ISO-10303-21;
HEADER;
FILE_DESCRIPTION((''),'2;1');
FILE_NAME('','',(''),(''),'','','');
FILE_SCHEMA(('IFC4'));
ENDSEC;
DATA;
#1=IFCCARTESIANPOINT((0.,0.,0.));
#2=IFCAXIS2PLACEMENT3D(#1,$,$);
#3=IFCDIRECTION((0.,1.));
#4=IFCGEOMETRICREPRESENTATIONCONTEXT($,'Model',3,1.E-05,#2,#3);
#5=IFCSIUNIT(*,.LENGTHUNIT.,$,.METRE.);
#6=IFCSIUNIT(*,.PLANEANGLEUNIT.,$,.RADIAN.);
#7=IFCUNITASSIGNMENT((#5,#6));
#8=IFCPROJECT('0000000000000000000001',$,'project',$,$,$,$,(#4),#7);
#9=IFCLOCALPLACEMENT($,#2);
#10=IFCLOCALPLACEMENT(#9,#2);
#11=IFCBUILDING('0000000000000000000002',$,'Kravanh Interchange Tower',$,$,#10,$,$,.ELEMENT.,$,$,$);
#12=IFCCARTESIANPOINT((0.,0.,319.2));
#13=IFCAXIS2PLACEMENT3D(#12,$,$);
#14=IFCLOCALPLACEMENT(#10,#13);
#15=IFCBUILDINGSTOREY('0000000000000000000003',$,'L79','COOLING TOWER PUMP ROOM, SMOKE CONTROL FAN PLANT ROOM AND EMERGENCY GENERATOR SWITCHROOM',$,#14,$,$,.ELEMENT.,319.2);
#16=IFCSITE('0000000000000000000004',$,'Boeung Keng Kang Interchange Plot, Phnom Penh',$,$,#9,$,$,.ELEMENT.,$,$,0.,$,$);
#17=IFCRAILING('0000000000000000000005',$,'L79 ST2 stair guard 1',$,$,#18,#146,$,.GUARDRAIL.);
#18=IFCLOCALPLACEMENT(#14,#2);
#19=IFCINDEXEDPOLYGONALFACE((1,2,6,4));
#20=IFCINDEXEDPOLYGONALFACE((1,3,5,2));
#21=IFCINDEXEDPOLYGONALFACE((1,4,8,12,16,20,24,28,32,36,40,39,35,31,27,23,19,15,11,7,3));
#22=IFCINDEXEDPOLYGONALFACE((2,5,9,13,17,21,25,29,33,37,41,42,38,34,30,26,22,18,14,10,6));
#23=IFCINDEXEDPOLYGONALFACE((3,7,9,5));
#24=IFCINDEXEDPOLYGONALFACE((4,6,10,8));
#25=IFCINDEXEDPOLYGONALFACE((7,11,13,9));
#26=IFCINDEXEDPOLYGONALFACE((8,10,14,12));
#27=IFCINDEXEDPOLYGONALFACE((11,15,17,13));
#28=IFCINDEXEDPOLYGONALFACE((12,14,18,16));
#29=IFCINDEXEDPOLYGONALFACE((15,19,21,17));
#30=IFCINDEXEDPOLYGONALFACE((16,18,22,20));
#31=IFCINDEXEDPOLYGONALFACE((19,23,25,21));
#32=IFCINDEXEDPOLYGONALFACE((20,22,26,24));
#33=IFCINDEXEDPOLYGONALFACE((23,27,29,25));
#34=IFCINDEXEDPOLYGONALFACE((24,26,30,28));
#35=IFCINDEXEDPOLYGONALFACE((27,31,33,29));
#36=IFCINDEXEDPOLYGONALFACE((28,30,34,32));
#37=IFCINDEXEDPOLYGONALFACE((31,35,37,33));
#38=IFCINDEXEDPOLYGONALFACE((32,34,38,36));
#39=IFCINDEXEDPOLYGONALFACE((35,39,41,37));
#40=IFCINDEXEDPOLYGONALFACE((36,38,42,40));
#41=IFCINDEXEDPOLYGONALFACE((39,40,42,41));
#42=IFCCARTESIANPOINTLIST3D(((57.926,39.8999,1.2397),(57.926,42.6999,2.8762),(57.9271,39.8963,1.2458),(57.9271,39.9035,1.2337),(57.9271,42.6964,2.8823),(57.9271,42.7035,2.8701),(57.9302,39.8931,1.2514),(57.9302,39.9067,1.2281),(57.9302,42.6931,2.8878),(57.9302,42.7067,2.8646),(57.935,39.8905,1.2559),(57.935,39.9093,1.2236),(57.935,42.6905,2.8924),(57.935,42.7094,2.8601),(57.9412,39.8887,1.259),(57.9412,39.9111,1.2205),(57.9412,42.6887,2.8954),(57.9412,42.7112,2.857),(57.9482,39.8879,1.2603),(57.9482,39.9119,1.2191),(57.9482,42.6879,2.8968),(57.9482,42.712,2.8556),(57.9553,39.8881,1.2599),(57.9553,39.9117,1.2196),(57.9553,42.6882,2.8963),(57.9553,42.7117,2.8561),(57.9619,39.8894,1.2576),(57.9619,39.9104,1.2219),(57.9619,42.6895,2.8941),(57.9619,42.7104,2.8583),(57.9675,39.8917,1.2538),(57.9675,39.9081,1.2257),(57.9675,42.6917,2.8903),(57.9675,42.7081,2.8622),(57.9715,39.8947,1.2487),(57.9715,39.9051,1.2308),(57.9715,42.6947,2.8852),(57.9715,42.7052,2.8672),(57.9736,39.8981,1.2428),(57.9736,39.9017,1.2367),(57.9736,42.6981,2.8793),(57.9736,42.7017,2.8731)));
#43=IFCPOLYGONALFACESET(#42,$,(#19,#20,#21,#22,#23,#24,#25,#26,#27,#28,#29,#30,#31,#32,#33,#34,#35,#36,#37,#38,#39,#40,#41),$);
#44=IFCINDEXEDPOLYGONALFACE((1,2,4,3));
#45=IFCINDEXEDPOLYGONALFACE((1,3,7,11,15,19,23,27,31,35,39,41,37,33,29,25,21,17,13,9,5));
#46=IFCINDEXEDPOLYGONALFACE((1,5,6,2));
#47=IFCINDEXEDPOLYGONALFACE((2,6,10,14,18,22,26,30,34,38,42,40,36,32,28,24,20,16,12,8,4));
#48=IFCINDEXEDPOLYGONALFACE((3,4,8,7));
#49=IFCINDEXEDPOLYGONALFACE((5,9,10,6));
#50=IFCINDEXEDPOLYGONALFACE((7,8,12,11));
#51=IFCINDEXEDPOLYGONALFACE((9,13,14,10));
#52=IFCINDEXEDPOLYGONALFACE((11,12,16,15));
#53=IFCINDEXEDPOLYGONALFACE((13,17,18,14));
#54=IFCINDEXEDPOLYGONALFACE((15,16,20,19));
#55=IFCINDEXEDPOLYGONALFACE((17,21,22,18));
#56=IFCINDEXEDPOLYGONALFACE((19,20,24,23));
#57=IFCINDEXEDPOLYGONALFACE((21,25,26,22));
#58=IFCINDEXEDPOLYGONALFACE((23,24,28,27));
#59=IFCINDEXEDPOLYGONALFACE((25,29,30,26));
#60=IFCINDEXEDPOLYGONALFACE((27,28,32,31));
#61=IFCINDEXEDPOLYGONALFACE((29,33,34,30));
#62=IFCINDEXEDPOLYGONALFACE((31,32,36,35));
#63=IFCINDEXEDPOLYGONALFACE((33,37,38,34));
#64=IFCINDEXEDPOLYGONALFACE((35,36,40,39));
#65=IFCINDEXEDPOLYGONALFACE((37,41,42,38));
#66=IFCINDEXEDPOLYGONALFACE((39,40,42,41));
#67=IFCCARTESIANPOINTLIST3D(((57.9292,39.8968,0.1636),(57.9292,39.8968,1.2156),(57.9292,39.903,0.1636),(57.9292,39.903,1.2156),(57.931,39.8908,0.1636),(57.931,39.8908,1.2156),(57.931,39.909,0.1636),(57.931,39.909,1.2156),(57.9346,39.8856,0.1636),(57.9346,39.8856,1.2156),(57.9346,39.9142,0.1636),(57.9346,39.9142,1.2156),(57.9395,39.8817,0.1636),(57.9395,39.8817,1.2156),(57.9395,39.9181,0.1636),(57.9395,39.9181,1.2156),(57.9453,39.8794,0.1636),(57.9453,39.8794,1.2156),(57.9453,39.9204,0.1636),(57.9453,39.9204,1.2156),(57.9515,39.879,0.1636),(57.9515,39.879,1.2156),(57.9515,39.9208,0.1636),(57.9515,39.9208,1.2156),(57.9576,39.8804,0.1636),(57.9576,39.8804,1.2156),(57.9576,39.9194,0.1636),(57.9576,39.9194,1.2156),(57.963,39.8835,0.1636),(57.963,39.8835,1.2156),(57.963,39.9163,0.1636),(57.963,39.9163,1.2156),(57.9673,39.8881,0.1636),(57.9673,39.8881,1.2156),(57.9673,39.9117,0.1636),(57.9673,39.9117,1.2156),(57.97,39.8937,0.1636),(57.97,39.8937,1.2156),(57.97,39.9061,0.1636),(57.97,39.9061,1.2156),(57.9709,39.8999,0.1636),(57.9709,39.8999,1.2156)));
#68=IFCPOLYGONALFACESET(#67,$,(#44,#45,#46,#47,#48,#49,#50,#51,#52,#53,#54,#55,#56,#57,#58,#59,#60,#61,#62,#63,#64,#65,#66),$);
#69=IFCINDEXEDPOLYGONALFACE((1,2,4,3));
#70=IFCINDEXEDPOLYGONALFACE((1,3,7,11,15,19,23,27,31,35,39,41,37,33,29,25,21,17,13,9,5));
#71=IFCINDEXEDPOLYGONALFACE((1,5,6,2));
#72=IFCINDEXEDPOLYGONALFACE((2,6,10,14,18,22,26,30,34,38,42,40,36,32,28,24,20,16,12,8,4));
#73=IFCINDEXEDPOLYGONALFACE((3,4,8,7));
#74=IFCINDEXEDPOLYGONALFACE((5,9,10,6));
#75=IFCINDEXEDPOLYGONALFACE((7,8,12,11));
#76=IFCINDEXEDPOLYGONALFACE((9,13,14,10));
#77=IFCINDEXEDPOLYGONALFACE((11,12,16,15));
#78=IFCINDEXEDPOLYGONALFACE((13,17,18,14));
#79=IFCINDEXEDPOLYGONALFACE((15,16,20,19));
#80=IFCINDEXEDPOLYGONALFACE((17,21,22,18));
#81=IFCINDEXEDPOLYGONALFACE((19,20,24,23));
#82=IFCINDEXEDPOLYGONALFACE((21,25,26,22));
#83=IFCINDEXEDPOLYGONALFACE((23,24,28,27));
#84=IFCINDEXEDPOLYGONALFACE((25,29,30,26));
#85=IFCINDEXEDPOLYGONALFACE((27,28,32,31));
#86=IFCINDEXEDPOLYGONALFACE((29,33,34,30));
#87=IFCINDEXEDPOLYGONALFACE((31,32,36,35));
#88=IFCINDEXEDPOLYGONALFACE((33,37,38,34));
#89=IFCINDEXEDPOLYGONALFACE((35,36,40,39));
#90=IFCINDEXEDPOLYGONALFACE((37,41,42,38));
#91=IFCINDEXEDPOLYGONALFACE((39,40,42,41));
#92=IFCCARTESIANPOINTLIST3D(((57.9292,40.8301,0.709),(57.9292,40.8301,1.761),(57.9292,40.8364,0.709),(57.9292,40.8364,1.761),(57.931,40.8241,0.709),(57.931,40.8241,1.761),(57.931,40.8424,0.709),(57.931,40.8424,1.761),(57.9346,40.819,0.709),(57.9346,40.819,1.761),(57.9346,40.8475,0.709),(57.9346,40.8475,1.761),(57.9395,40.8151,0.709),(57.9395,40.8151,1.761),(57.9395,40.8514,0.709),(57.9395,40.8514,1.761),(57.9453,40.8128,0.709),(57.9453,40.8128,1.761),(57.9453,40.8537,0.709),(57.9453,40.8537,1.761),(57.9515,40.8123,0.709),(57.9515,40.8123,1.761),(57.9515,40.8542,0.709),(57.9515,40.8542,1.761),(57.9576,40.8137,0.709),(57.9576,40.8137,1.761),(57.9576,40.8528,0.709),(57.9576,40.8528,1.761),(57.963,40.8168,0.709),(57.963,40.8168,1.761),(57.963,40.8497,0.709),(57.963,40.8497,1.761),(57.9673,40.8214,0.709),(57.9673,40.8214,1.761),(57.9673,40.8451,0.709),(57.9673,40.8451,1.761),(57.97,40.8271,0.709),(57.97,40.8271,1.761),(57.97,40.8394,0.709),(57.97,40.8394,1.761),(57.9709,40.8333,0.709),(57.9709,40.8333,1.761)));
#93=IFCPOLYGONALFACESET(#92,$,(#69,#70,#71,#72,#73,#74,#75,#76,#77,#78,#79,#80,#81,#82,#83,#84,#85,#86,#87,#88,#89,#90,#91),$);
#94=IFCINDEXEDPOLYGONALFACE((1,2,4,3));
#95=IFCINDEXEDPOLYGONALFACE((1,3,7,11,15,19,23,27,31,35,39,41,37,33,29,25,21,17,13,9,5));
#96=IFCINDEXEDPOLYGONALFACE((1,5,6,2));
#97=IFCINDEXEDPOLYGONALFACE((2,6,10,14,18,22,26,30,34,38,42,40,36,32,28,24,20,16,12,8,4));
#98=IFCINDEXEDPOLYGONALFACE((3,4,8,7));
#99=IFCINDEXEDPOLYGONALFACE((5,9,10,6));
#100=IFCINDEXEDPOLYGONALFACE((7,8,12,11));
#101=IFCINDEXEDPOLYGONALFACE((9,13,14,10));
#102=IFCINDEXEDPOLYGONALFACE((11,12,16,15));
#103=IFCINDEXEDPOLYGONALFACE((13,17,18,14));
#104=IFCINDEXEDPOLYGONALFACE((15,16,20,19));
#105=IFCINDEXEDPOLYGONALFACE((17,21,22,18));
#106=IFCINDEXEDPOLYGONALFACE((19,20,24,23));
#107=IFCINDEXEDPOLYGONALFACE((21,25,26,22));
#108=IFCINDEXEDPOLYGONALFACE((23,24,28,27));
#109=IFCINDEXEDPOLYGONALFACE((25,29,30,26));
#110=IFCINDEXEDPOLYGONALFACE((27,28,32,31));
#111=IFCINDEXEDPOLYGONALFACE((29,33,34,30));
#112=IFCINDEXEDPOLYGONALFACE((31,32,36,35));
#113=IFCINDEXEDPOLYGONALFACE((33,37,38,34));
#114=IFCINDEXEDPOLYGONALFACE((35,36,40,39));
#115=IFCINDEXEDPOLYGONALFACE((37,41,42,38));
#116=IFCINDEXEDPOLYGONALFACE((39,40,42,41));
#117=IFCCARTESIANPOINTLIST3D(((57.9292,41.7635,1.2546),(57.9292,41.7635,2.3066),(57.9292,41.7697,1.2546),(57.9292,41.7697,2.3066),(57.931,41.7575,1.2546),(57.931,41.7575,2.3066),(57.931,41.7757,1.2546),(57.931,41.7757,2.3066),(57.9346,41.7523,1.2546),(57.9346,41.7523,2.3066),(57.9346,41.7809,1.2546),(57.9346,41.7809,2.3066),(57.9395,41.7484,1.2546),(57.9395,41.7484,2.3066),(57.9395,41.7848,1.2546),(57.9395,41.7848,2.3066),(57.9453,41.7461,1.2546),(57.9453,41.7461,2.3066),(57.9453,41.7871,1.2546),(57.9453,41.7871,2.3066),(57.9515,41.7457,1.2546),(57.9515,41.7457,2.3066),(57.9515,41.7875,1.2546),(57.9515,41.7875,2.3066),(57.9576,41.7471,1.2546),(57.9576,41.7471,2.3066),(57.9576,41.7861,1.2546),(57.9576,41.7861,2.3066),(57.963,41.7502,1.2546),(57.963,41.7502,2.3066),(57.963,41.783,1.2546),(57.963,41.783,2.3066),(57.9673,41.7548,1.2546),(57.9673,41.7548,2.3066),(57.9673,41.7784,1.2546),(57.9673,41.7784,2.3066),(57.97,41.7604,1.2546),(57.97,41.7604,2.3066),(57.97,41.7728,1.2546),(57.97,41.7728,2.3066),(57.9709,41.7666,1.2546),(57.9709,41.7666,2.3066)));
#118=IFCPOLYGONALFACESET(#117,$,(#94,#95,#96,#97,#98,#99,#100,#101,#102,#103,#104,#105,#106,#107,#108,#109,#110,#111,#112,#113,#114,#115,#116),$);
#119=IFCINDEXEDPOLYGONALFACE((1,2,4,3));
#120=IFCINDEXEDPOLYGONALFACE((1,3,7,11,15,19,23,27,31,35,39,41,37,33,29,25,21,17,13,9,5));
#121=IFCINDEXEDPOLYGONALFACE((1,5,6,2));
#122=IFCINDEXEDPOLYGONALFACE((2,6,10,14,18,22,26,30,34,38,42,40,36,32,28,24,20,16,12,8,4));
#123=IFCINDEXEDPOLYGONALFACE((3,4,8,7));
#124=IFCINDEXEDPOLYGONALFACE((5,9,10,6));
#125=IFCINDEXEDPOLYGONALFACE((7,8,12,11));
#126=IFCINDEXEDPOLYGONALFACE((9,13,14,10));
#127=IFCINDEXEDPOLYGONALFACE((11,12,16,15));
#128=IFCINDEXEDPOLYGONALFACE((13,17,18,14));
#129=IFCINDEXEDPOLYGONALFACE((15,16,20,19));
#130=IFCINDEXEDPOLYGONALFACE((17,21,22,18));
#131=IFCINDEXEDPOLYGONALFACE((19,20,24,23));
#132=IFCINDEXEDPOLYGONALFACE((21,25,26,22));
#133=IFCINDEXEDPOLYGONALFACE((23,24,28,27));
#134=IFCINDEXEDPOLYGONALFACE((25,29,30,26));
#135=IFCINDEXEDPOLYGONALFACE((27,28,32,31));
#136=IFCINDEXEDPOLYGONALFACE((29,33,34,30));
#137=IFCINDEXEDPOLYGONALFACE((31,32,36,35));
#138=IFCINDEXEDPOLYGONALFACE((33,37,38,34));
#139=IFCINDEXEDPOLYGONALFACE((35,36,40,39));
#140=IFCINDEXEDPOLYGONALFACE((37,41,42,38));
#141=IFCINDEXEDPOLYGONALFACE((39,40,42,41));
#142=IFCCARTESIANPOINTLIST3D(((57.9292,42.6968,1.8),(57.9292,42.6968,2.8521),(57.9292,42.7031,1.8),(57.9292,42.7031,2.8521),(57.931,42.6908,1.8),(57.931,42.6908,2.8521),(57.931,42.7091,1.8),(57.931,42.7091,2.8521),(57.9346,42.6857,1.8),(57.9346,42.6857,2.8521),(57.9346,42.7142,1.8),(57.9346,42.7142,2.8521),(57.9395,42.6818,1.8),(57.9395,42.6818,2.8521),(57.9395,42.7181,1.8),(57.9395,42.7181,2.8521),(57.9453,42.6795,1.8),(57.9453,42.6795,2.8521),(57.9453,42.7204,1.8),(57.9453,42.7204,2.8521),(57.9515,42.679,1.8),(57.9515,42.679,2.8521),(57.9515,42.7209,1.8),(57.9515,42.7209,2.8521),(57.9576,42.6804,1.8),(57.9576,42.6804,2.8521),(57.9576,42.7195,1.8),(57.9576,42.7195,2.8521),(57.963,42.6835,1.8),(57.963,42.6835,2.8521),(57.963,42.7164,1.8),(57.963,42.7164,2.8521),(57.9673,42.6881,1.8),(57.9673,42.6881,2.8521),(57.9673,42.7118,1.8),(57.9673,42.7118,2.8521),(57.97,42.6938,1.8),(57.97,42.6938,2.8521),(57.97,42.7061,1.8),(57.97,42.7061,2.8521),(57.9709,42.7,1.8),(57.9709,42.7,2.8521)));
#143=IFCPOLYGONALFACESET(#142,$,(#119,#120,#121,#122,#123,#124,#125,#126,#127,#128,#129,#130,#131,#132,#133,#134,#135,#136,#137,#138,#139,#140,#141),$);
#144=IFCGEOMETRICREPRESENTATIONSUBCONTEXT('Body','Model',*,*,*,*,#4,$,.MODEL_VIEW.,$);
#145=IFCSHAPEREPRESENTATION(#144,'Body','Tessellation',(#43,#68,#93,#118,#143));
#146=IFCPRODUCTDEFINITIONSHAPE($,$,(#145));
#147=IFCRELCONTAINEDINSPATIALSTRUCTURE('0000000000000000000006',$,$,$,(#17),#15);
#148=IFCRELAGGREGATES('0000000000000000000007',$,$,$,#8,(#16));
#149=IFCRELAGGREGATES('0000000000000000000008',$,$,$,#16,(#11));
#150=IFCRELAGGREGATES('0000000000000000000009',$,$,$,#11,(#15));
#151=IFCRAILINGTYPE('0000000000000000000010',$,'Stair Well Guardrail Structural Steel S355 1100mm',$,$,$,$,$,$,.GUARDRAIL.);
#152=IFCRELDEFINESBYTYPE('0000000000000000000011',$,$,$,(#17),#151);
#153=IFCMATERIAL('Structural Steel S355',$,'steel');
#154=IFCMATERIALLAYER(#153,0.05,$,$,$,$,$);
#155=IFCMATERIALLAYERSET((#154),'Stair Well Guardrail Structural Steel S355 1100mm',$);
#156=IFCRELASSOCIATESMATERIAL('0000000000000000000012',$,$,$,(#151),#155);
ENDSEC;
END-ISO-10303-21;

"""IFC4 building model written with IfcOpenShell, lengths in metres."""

from ifc_helpers import new_model, si_unit, direction, frame, origin, origin_2d, place, context, subcontext, project, spatial, circle, extrude, material, layer, layer_set, type_object, element, save


model = new_model("IFC4")

# Units and contexts
model_context = context("Model", 3, precision=1e-05, world=origin(), true_north=direction((0.0, 1.0)))
body_context = subcontext(model_context, "Body", "Model", "MODEL_VIEW")
ifc_project = project(units=[si_unit("LENGTHUNIT", "METRE"), si_unit("PLANEANGLEUNIT", "RADIAN")], contexts=[model_context])

# Site, building, storey
site_placement = place(None, origin())
site = spatial("IfcSite", under=ifc_project, at=site_placement, Name="Boeung Keng Kang Interchange Plot, Phnom Penh", CompositionType="ELEMENT", RefElevation=0.0)
building_placement = place(site_placement, origin())
building = spatial("IfcBuilding", under=site, at=building_placement, Name="Kravanh Interchange Tower", CompositionType="ELEMENT")
storey_placement = place(building_placement, frame((0.0, 0.0, 319.2)))
storey = spatial("IfcBuildingStorey", under=building, at=storey_placement, Name="L79", Description="COOLING TOWER PUMP ROOM, SMOKE CONTROL FAN PLANT ROOM AND EMERGENCY GENERATOR SWITCHROOM", CompositionType="ELEMENT", Elevation=319.2)

# Railing
ifc_material_1 = material(Name="Structural Steel S355", Category="steel")
ifc_layer_1 = layer(ifc_material_1, 0.05)
ifc_layer_set_1 = layer_set([ifc_layer_1], Name="Stair Well Guardrail Structural Steel S355 1100mm")
railing_type_1 = type_object("IfcRailingType", Name="Stair Well Guardrail Structural Steel S355 1100mm", PredefinedType="GUARDRAIL", material=ifc_layer_set_1)
railing_1_placement = place(storey_placement, frame((57.95, 39.8999, 0.1636)))
element("IfcRailing", 1, at=railing_1_placement, inside=storey, type_object=railing_type_1, Name="L79 ST2 stair guard 1", PredefinedType="GUARDRAIL", context=body_context, shape_type="SweptSolid", body=[
    extrude(circle(Radius=0.0239, at=origin_2d()), frame((0.0, 0.0, 1.0762), z_axis=(0.0, 0.863361, 0.504587), x_axis=(-1.0, 0.0, 0.0)), (0.0, 0.0, 1.0), 3.2432),
    extrude(circle(Radius=0.021, at=origin_2d()), origin(), (0.0, 0.0, 1.0), 1.052),
    extrude(circle(Radius=0.021, at=origin_2d()), frame((0.0, 0.9333, 0.5454)), (0.0, 0.0, 1.0), 1.052),
    extrude(circle(Radius=0.021, at=origin_2d()), frame((0.0, 1.8667, 1.0911)), (0.0, 0.0, 1.0), 1.052),
    extrude(circle(Radius=0.021, at=origin_2d()), frame((0.0, 2.8, 1.6365)), (0.0, 0.0, 1.0), 1.052),
])

save(model, "model.ifc")
